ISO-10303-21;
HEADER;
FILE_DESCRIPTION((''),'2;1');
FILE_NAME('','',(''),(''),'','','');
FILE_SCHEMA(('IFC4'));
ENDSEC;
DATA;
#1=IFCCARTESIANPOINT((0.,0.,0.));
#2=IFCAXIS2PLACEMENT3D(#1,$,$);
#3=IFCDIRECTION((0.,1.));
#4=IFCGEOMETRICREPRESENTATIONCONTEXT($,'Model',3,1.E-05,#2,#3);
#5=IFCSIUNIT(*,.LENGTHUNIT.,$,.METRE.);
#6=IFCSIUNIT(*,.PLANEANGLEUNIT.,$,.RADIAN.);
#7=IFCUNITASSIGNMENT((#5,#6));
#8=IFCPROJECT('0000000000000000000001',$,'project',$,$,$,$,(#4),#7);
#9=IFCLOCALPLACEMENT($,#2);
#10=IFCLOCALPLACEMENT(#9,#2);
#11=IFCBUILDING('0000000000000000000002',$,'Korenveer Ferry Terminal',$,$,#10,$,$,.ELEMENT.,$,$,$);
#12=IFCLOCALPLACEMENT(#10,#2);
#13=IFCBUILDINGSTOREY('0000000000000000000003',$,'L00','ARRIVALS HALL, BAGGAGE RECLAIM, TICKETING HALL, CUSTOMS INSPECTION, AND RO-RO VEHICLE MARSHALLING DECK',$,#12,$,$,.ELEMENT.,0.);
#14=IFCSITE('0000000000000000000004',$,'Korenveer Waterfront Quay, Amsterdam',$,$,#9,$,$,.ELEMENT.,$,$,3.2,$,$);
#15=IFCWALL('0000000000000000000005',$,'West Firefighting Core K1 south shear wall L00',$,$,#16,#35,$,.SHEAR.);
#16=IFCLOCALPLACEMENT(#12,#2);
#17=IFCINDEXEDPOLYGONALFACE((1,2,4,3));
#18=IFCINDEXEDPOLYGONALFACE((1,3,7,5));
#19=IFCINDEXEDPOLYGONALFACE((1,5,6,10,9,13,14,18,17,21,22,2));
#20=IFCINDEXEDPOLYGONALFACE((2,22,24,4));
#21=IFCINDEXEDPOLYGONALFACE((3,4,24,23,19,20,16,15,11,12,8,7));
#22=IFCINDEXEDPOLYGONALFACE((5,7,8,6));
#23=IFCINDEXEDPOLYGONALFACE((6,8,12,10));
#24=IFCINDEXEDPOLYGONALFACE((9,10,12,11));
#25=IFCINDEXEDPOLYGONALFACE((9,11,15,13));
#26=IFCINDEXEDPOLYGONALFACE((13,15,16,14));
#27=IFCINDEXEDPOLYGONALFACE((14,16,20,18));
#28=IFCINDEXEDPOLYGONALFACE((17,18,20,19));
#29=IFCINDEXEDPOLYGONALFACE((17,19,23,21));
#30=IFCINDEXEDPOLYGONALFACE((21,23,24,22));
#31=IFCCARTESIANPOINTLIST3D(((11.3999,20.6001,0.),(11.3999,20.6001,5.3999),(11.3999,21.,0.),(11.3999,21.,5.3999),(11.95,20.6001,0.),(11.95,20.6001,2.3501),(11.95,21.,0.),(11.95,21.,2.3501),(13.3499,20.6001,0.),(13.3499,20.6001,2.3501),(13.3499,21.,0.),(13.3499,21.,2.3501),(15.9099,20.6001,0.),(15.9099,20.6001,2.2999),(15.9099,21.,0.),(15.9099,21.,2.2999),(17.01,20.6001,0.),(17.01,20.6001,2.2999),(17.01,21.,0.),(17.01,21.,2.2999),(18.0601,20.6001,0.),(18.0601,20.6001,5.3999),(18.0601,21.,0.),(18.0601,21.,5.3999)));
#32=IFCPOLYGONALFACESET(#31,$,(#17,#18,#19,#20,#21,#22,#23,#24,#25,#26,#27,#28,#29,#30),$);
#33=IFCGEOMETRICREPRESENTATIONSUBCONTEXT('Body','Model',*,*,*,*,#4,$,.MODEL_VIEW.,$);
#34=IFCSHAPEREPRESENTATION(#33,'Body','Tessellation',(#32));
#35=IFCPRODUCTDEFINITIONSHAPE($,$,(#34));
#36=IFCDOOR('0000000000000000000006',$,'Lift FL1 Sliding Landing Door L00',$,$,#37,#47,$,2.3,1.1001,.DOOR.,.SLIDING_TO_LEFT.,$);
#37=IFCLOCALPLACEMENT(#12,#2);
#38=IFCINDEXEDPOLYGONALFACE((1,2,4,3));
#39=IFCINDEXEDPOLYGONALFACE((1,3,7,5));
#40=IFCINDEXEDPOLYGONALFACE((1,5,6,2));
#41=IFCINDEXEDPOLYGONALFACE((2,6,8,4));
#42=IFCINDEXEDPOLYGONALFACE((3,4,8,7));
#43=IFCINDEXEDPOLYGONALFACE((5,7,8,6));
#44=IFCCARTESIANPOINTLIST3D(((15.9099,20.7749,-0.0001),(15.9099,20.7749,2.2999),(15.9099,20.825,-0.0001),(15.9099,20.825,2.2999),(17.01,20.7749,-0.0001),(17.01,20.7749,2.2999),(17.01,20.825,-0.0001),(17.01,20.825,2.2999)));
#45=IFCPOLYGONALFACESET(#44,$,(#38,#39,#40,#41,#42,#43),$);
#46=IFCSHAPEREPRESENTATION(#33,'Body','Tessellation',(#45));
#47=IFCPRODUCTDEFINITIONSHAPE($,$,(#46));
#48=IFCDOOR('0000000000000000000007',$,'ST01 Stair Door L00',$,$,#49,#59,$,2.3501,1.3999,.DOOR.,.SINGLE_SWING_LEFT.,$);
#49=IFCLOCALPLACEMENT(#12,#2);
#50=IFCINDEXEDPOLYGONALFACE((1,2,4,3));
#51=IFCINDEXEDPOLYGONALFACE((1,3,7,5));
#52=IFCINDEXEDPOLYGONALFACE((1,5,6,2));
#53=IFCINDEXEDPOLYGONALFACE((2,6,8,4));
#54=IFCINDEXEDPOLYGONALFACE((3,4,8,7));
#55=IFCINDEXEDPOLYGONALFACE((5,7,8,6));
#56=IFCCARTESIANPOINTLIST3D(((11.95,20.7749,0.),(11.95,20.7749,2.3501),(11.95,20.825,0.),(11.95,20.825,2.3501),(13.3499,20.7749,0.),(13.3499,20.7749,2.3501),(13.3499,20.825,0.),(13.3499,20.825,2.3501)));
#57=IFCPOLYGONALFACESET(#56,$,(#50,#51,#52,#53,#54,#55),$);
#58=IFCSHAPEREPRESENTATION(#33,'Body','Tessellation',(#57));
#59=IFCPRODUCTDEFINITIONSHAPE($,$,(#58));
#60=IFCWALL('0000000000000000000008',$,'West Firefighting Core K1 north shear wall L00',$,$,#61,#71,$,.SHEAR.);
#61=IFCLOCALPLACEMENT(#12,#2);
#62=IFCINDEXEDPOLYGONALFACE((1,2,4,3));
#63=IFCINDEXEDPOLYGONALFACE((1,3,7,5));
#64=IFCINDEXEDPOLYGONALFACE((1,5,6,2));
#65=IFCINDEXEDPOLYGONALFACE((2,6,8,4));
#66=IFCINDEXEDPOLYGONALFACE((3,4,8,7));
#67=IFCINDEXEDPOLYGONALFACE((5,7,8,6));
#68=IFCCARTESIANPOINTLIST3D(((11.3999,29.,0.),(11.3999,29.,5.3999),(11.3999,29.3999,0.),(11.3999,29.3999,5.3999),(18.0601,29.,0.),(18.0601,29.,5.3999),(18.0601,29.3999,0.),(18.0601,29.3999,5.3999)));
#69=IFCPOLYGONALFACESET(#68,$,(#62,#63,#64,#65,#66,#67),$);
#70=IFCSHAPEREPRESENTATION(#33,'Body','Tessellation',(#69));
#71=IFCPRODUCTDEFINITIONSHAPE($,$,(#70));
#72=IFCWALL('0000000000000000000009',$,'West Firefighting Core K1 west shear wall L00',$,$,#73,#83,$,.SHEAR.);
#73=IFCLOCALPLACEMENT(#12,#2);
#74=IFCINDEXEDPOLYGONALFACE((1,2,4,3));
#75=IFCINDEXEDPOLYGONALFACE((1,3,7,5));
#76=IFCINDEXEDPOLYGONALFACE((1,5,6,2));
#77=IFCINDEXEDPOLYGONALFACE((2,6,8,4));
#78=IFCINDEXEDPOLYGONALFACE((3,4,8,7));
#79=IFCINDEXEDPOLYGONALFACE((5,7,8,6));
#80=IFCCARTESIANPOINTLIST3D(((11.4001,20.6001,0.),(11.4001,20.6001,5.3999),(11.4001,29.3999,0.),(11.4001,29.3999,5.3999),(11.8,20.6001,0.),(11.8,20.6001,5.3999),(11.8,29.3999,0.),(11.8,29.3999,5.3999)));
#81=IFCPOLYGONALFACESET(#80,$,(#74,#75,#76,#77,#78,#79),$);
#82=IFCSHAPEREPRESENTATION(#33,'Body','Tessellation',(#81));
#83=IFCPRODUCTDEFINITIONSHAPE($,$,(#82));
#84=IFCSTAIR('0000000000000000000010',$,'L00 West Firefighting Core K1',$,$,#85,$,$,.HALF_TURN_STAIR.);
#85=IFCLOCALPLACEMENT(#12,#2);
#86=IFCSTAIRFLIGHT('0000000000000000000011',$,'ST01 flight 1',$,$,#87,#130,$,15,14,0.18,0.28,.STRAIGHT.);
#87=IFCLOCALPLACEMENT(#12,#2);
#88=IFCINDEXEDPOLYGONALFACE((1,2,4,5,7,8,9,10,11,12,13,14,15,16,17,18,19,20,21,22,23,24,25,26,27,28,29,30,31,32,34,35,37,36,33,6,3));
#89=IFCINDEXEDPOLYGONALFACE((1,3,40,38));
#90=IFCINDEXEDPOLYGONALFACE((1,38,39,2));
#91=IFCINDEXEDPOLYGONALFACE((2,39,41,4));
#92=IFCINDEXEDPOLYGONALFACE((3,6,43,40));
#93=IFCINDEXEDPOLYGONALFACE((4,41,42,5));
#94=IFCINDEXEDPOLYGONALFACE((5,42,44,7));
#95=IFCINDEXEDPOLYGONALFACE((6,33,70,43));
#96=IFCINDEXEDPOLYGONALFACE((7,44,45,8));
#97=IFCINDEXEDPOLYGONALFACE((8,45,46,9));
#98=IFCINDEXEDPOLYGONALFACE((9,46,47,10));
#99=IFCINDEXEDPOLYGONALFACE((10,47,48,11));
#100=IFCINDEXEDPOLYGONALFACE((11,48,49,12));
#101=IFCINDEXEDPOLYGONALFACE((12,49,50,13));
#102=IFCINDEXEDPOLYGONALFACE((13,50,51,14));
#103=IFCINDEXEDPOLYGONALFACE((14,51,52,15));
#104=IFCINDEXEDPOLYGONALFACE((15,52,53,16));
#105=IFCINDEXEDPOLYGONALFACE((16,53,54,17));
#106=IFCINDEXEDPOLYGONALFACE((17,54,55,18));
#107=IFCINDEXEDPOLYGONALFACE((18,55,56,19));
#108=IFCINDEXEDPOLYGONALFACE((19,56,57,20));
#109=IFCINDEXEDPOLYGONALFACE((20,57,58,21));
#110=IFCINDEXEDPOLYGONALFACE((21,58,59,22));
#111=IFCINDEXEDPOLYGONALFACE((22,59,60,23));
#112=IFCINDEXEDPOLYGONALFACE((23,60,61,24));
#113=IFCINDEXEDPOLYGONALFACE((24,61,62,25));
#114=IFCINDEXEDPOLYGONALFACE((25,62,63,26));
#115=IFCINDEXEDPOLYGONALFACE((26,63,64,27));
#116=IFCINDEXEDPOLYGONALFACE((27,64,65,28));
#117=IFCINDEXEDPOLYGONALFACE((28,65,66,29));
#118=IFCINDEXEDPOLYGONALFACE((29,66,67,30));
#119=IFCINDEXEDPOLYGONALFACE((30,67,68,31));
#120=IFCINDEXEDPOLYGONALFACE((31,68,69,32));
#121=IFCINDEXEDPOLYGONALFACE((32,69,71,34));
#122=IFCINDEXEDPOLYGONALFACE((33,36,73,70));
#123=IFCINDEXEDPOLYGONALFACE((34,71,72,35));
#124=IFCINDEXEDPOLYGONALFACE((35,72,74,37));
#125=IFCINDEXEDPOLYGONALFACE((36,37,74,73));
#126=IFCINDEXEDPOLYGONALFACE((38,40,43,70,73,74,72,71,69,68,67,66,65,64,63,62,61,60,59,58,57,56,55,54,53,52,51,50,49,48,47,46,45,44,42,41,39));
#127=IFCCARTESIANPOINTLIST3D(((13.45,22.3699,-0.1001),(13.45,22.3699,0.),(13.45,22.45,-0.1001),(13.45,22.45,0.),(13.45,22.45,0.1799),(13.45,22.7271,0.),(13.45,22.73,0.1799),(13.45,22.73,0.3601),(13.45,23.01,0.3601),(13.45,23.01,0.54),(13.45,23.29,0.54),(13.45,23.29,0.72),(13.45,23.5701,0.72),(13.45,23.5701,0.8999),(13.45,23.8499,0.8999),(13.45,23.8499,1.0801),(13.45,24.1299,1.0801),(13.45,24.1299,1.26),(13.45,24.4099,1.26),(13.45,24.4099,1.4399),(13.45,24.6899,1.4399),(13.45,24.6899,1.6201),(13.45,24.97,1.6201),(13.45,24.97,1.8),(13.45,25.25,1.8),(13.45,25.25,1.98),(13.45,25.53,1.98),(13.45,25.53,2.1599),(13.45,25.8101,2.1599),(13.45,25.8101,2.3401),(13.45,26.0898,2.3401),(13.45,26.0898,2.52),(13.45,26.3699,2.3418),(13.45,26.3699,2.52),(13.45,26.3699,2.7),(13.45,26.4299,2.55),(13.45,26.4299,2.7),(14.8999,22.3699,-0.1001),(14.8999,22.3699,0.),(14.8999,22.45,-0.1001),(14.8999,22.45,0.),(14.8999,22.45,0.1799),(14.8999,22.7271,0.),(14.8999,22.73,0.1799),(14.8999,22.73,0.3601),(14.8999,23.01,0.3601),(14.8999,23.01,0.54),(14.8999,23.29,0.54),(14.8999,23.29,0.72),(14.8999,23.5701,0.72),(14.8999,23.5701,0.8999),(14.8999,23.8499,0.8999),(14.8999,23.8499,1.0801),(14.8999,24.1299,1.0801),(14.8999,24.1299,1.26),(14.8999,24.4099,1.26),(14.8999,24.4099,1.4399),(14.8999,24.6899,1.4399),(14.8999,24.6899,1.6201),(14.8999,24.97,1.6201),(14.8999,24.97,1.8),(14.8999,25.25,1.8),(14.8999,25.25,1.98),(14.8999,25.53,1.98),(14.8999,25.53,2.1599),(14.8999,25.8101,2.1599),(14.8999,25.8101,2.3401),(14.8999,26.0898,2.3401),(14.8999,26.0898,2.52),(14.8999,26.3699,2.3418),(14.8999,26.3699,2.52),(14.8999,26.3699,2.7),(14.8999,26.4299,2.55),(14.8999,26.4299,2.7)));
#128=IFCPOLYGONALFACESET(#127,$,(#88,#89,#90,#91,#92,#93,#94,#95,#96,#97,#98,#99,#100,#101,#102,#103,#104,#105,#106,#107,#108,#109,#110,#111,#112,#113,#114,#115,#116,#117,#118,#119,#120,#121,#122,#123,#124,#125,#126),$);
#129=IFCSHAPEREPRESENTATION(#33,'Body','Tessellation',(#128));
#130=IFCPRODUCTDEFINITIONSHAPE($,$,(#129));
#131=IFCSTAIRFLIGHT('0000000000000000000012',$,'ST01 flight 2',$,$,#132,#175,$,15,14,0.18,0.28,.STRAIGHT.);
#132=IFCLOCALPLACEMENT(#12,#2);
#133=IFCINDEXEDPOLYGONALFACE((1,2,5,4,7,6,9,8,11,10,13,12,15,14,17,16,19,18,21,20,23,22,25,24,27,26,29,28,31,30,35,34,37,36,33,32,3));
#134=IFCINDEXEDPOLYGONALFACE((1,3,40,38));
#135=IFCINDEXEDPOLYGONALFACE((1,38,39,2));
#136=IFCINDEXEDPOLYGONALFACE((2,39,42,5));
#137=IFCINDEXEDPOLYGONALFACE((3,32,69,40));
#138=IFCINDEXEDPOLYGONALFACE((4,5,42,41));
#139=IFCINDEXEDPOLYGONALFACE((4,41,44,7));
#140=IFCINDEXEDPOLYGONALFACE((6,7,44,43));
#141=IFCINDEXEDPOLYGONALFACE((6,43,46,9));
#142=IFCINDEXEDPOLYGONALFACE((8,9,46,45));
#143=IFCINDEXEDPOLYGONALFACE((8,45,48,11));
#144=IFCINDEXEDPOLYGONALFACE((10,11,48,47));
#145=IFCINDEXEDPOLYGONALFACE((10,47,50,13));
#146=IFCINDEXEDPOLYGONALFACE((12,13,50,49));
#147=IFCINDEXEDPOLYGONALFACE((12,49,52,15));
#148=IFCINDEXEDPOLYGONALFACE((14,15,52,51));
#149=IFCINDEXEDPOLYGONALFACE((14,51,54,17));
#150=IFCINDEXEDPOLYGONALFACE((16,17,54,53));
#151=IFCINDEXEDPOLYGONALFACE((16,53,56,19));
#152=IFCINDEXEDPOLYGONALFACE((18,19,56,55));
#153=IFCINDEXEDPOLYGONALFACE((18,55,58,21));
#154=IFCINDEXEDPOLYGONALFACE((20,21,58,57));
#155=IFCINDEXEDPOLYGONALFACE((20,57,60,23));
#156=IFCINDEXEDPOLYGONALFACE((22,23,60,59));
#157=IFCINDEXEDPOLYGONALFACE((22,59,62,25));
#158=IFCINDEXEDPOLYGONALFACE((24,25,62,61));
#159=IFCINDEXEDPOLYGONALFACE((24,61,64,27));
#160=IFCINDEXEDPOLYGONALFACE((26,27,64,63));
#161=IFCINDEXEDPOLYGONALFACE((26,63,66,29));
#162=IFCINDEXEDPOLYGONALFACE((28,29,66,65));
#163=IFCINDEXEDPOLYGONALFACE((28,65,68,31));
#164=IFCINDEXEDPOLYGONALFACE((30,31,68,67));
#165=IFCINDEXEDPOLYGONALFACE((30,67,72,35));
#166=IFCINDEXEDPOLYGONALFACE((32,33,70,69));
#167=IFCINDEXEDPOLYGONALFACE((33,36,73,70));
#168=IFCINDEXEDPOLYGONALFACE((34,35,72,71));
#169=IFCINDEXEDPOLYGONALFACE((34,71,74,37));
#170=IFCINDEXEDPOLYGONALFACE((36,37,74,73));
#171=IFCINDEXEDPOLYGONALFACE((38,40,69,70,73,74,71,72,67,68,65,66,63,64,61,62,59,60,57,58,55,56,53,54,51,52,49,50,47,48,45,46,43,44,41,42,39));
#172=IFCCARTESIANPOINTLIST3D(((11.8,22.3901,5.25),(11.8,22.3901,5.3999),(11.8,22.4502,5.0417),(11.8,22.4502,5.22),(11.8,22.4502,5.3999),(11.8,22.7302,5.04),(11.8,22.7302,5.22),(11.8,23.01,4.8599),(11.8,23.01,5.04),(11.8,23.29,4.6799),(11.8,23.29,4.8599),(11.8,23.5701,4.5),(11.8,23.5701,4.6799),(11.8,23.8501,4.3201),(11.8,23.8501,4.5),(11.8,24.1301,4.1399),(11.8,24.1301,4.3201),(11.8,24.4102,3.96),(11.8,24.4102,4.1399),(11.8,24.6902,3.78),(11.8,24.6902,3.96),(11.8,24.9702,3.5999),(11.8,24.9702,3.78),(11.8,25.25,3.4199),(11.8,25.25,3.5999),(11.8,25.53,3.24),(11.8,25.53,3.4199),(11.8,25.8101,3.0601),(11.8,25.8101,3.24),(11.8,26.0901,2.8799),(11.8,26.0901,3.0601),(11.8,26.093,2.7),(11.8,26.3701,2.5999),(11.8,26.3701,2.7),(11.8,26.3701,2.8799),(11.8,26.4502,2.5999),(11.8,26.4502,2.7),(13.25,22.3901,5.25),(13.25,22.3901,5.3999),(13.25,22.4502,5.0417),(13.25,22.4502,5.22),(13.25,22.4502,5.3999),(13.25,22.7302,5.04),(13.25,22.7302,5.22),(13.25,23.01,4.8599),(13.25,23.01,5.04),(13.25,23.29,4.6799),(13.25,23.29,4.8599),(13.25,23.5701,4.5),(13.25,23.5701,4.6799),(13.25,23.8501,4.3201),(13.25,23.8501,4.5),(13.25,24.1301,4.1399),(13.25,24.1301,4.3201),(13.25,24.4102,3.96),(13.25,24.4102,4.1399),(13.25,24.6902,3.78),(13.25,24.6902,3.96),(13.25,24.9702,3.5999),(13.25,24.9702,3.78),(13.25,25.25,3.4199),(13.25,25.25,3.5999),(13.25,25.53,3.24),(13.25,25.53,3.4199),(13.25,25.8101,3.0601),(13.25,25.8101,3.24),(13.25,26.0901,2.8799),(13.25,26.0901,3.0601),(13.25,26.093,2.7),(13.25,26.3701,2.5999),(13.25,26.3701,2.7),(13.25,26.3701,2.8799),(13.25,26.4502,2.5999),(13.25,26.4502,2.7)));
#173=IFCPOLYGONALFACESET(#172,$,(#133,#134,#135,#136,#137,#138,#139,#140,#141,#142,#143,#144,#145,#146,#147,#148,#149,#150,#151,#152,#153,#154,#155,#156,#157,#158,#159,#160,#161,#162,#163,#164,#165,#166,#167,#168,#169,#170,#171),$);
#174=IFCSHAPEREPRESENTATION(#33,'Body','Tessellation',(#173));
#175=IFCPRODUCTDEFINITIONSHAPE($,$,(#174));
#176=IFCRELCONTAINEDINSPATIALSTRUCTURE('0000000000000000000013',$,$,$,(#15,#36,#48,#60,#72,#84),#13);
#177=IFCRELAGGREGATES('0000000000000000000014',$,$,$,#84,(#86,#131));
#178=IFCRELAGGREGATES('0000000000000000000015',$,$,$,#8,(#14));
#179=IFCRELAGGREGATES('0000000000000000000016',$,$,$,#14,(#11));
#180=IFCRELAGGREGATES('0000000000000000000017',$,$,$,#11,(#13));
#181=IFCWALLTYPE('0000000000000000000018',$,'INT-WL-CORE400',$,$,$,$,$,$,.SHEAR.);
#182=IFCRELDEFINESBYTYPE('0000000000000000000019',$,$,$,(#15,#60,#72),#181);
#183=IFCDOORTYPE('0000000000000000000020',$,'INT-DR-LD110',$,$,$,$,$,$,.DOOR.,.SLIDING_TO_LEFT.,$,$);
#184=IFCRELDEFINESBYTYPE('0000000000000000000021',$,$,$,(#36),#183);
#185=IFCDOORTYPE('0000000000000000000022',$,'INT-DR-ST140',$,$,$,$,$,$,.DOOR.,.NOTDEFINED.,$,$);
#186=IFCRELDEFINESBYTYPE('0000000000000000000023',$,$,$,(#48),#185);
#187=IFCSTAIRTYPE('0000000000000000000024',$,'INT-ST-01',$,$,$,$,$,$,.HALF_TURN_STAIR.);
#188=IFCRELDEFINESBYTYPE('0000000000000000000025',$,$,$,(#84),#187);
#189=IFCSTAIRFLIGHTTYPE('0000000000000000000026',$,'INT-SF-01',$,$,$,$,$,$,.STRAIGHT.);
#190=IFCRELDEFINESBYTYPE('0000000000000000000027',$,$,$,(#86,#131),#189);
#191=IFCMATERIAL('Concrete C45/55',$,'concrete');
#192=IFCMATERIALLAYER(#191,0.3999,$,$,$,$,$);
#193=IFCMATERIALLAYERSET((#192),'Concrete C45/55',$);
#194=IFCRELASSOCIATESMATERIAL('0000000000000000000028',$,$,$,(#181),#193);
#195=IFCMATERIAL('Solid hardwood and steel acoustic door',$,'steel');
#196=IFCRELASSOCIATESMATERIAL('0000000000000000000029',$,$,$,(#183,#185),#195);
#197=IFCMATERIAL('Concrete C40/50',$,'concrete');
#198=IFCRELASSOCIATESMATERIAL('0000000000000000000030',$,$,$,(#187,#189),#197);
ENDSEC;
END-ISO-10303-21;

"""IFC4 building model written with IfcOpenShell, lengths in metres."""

from ifc_helpers import new_model, si_unit, direction, frame, frame_2d, origin, place, context, subcontext, project, spatial, polyline, rectangle, outline, extrude, material, layer, layer_set, type_object, element, fill, aggregate, save


model = new_model("IFC4")

# Units and contexts
model_context = context("Model", 3, precision=1e-05, world=origin(), true_north=direction((0.0, 1.0)))
body_context = subcontext(model_context, "Body", "Model", "MODEL_VIEW")
ifc_project = project(units=[si_unit("LENGTHUNIT", "METRE"), si_unit("PLANEANGLEUNIT", "RADIAN")], contexts=[model_context])

# Site, building, storey
site_placement = place(None, origin())
site = spatial("IfcSite", under=ifc_project, at=site_placement, Name="Korenveer Waterfront Quay, Amsterdam", CompositionType="ELEMENT", RefElevation=3.2)
building_placement = place(site_placement, origin())
building = spatial("IfcBuilding", under=site, at=building_placement, Name="Korenveer Ferry Terminal", CompositionType="ELEMENT")
storey_placement = place(building_placement, origin())
storey = spatial("IfcBuildingStorey", under=building, at=storey_placement, Name="L00", Description="ARRIVALS HALL, BAGGAGE RECLAIM, TICKETING HALL, CUSTOMS INSPECTION, AND RO-RO VEHICLE MARSHALLING DECK", CompositionType="ELEMENT", Elevation=0.0)

# Shared definitions
ifc_material_1 = material(Name="Concrete C45/55", Category="concrete")

# Shared definitions
ifc_material_2 = material(Name="Concrete C40/50", Category="concrete")

# Shared definitions
ifc_material_3 = material(Name="Solid hardwood and steel acoustic door", Category="steel")

# Wall, openings, doors
ifc_layer_1 = layer(ifc_material_1, 0.3999)
ifc_layer_set_1 = layer_set([ifc_layer_1], Name="Concrete C45/55")
wall_type_1 = type_object("IfcWallType", Name="INT-WL-CORE400", PredefinedType="SHEAR", material=ifc_layer_set_1)
wall_1_placement = place(storey_placement, frame((11.3999, 20.8, 0.0), z_axis=(0.0, 0.0, 1.0), x_axis=(1.0, 0.0, 0.0)))
wall_1 = element("IfcWall", 1, at=wall_1_placement, inside=storey, type_object=wall_type_1, Name="West Firefighting Core K1 south shear wall L00", PredefinedType="SHEAR", context=body_context, shape_type="SweptSolid", body=[
    extrude(rectangle(XDim=6.6602, YDim=0.3999, at=frame_2d((3.3301, 0.0))), origin(), (0.0, 0.0, 1.0), 5.3999),
])
opening_1_placement = place(wall_1_placement, frame((0.55, 0.0, 0.0)))
opening_1 = element("IfcOpeningElement", 2, at=opening_1_placement, cuts=wall_1, PredefinedType="OPENING", context=body_context, shape_type="SweptSolid", body=[
    extrude(rectangle(XDim=1.3999, YDim=2.3501, at=frame_2d((0.7, 1.175))), frame((0.0, 0.21, 0.0), z_axis=(0.0, -1.0, 0.0), x_axis=(1.0, 0.0, 0.0)), (0.0, 0.0, 1.0), 0.4199),
])
opening_2_placement = place(wall_1_placement, frame((4.51, 0.0, 0.0)))
opening_2 = element("IfcOpeningElement", 3, at=opening_2_placement, cuts=wall_1, PredefinedType="OPENING", context=body_context, shape_type="SweptSolid", body=[
    extrude(rectangle(XDim=1.1001, YDim=2.3, at=frame_2d((0.55, 1.1499))), frame((0.0, 0.21, 0.0), z_axis=(0.0, -1.0, 0.0), x_axis=(1.0, 0.0, 0.0)), (0.0, 0.0, 1.0), 0.4199),
])
door_type_1 = type_object("IfcDoorType", Name="INT-DR-LD110", OperationType="SLIDING_TO_LEFT", PredefinedType="DOOR", material=ifc_material_3)
door_1_placement = place(opening_2_placement, origin())
door_1 = element("IfcDoor", 4, at=door_1_placement, inside=storey, type_object=door_type_1, Name="Lift FL1 Sliding Landing Door L00", OperationType="SLIDING_TO_LEFT", OverallHeight=2.3, OverallWidth=1.1001, PredefinedType="DOOR", context=body_context, shape_type="SweptSolid", body=[
    extrude(rectangle(XDim=1.1001, YDim=2.3, at=frame_2d((0.55, 1.1499))), frame((0.0, 0.0249, 0.0), z_axis=(0.0, -1.0, 0.0), x_axis=(1.0, 0.0, 0.0)), (0.0, 0.0, 1.0), 0.05),
])
fill(opening_2, door_1)
door_type_2 = type_object("IfcDoorType", Name="INT-DR-ST140", OperationType="NOTDEFINED", PredefinedType="DOOR", material=ifc_material_3)
door_2_placement = place(opening_1_placement, origin())
door_2 = element("IfcDoor", 5, at=door_2_placement, inside=storey, type_object=door_type_2, Name="ST01 Stair Door L00", OperationType="SINGLE_SWING_LEFT", OverallHeight=2.3501, OverallWidth=1.3999, PredefinedType="DOOR", context=body_context, shape_type="SweptSolid", body=[
    extrude(rectangle(XDim=1.3999, YDim=2.3501, at=frame_2d((0.7, 1.175))), frame((0.0, 0.0249, 0.0), z_axis=(0.0, -1.0, 0.0), x_axis=(1.0, 0.0, 0.0)), (0.0, 0.0, 1.0), 0.05),
])
fill(opening_1, door_2)

# Walls
wall_2_placement = place(storey_placement, frame((11.3999, 29.2, 0.0), z_axis=(0.0, 0.0, 1.0), x_axis=(1.0, 0.0, 0.0)))
element("IfcWall", 6, at=wall_2_placement, inside=storey, type_object=wall_type_1, Name="West Firefighting Core K1 north shear wall L00", PredefinedType="SHEAR", context=body_context, shape_type="SweptSolid", body=[
    extrude(rectangle(XDim=6.6602, YDim=0.3999, at=frame_2d((3.3301, 0.0))), origin(), (0.0, 0.0, 1.0), 5.3999),
])
wall_3_placement = place(storey_placement, frame((11.6001, 20.6001, 0.0), z_axis=(0.0, 0.0, 1.0), x_axis=(0.0, 1.0, 0.0)))
element("IfcWall", 7, at=wall_3_placement, inside=storey, type_object=wall_type_1, Name="West Firefighting Core K1 west shear wall L00", PredefinedType="SHEAR", context=body_context, shape_type="SweptSolid", body=[
    extrude(rectangle(XDim=8.7998, YDim=0.3999, at=frame_2d((4.3999, 0.0))), origin(), (0.0, 0.0, 1.0), 5.3999),
])

# Stair, stair flights
stair_type = type_object("IfcStairType", Name="INT-ST-01", PredefinedType="HALF_TURN_STAIR", material=ifc_material_2)
stair_placement = place(storey_placement, frame((14.175, 22.45, 0.0)))
stair = element("IfcStair", 8, at=stair_placement, inside=storey, type_object=stair_type, Name="L00 West Firefighting Core K1", PredefinedType="HALF_TURN_STAIR")
stair_flight_type = type_object("IfcStairFlightType", Name="INT-SF-01", PredefinedType="STRAIGHT", material=ifc_material_2)
stair_flight_1_placement = place(storey_placement, frame((14.175, 22.45, 0.0), z_axis=(0.0, 0.0, 1.0), x_axis=(0.0, 1.0, 0.0)))
stair_flight_1 = element("IfcStairFlight", 9, at=stair_flight_1_placement, type_object=stair_flight_type, Name="ST01 flight 1", NumberOfRisers=15, NumberOfTreads=14, PredefinedType="STRAIGHT", RiserHeight=0.18, TreadLength=0.28, context=body_context, shape_type="SweptSolid", body=[
    extrude(outline(polyline([(-0.0801, 0.0), (0.0, 0.0), (0.0, 0.1799), (0.28, 0.1799), (0.28, 0.3601), (0.5601, 0.3601), (0.5601, 0.54), (0.8401, 0.54), (0.8401, 0.72), (1.1201, 0.72), (1.1201, 0.8999), (1.3999, 0.8999), (1.3999, 1.0801), (1.6799, 1.0801), (1.6799, 1.26), (1.96, 1.26), (1.96, 1.4399), (2.24, 1.4399), (2.24, 1.6201), (2.52, 1.6201), (2.52, 1.8), (2.8, 1.8), (2.8, 1.98), (3.0801, 1.98), (3.0801, 2.1599), (3.3601, 2.1599), (3.3601, 2.3401), (3.6399, 2.3401), (3.6399, 2.52), (3.9199, 2.52), (3.9199, 2.7), (3.98, 2.7), (3.98, 2.55), (3.9199, 2.3418), (0.2771, 0.0), (0.0, -0.1001), (-0.0801, -0.1001), (-0.0801, 0.0)])), frame((0.0, 0.7251, 0.0), z_axis=(0.0, -1.0, 0.0), x_axis=(1.0, 0.0, 0.0)), (0.0, 0.0, 1.0), 1.45),
])
stair_flight_2_placement = place(storey_placement, frame((12.5249, 26.3701, 2.7), z_axis=(0.0, 0.0, 1.0), x_axis=(0.0, -1.0, 0.0)))
stair_flight_2 = element("IfcStairFlight", 10, at=stair_flight_2_placement, type_object=stair_flight_type, Name="ST01 flight 2", NumberOfRisers=15, NumberOfTreads=14, PredefinedType="STRAIGHT", RiserHeight=0.18, TreadLength=0.28, context=body_context, shape_type="SweptSolid", body=[
    extrude(outline(polyline([(-0.0801, 0.0), (0.0, 0.0), (0.0, 0.1799), (0.28, 0.1799), (0.28, 0.3601), (0.5601, 0.3601), (0.5601, 0.54), (0.8401, 0.54), (0.8401, 0.72), (1.1201, 0.72), (1.1201, 0.8999), (1.3999, 0.8999), (1.3999, 1.0801), (1.6799, 1.0801), (1.6799, 1.26), (1.96, 1.26), (1.96, 1.4399), (2.24, 1.4399), (2.24, 1.6201), (2.52, 1.6201), (2.52, 1.8), (2.8, 1.8), (2.8, 1.98), (3.0801, 1.98), (3.0801, 2.1599), (3.3601, 2.1599), (3.3601, 2.3401), (3.6399, 2.3401), (3.6399, 2.52), (3.9199, 2.52), (3.9199, 2.7), (3.98, 2.7), (3.98, 2.55), (3.9199, 2.3418), (0.2771, 0.0), (0.0, -0.1001), (-0.0801, -0.1001), (-0.0801, 0.0)])), frame((0.0, 0.7251, 0.0), z_axis=(0.0, -1.0, 0.0), x_axis=(1.0, 0.0, 0.0)), (0.0, 0.0, 1.0), 1.45),
])
aggregate(stair, [stair_flight_1, stair_flight_2])

save(model, "model.ifc")
